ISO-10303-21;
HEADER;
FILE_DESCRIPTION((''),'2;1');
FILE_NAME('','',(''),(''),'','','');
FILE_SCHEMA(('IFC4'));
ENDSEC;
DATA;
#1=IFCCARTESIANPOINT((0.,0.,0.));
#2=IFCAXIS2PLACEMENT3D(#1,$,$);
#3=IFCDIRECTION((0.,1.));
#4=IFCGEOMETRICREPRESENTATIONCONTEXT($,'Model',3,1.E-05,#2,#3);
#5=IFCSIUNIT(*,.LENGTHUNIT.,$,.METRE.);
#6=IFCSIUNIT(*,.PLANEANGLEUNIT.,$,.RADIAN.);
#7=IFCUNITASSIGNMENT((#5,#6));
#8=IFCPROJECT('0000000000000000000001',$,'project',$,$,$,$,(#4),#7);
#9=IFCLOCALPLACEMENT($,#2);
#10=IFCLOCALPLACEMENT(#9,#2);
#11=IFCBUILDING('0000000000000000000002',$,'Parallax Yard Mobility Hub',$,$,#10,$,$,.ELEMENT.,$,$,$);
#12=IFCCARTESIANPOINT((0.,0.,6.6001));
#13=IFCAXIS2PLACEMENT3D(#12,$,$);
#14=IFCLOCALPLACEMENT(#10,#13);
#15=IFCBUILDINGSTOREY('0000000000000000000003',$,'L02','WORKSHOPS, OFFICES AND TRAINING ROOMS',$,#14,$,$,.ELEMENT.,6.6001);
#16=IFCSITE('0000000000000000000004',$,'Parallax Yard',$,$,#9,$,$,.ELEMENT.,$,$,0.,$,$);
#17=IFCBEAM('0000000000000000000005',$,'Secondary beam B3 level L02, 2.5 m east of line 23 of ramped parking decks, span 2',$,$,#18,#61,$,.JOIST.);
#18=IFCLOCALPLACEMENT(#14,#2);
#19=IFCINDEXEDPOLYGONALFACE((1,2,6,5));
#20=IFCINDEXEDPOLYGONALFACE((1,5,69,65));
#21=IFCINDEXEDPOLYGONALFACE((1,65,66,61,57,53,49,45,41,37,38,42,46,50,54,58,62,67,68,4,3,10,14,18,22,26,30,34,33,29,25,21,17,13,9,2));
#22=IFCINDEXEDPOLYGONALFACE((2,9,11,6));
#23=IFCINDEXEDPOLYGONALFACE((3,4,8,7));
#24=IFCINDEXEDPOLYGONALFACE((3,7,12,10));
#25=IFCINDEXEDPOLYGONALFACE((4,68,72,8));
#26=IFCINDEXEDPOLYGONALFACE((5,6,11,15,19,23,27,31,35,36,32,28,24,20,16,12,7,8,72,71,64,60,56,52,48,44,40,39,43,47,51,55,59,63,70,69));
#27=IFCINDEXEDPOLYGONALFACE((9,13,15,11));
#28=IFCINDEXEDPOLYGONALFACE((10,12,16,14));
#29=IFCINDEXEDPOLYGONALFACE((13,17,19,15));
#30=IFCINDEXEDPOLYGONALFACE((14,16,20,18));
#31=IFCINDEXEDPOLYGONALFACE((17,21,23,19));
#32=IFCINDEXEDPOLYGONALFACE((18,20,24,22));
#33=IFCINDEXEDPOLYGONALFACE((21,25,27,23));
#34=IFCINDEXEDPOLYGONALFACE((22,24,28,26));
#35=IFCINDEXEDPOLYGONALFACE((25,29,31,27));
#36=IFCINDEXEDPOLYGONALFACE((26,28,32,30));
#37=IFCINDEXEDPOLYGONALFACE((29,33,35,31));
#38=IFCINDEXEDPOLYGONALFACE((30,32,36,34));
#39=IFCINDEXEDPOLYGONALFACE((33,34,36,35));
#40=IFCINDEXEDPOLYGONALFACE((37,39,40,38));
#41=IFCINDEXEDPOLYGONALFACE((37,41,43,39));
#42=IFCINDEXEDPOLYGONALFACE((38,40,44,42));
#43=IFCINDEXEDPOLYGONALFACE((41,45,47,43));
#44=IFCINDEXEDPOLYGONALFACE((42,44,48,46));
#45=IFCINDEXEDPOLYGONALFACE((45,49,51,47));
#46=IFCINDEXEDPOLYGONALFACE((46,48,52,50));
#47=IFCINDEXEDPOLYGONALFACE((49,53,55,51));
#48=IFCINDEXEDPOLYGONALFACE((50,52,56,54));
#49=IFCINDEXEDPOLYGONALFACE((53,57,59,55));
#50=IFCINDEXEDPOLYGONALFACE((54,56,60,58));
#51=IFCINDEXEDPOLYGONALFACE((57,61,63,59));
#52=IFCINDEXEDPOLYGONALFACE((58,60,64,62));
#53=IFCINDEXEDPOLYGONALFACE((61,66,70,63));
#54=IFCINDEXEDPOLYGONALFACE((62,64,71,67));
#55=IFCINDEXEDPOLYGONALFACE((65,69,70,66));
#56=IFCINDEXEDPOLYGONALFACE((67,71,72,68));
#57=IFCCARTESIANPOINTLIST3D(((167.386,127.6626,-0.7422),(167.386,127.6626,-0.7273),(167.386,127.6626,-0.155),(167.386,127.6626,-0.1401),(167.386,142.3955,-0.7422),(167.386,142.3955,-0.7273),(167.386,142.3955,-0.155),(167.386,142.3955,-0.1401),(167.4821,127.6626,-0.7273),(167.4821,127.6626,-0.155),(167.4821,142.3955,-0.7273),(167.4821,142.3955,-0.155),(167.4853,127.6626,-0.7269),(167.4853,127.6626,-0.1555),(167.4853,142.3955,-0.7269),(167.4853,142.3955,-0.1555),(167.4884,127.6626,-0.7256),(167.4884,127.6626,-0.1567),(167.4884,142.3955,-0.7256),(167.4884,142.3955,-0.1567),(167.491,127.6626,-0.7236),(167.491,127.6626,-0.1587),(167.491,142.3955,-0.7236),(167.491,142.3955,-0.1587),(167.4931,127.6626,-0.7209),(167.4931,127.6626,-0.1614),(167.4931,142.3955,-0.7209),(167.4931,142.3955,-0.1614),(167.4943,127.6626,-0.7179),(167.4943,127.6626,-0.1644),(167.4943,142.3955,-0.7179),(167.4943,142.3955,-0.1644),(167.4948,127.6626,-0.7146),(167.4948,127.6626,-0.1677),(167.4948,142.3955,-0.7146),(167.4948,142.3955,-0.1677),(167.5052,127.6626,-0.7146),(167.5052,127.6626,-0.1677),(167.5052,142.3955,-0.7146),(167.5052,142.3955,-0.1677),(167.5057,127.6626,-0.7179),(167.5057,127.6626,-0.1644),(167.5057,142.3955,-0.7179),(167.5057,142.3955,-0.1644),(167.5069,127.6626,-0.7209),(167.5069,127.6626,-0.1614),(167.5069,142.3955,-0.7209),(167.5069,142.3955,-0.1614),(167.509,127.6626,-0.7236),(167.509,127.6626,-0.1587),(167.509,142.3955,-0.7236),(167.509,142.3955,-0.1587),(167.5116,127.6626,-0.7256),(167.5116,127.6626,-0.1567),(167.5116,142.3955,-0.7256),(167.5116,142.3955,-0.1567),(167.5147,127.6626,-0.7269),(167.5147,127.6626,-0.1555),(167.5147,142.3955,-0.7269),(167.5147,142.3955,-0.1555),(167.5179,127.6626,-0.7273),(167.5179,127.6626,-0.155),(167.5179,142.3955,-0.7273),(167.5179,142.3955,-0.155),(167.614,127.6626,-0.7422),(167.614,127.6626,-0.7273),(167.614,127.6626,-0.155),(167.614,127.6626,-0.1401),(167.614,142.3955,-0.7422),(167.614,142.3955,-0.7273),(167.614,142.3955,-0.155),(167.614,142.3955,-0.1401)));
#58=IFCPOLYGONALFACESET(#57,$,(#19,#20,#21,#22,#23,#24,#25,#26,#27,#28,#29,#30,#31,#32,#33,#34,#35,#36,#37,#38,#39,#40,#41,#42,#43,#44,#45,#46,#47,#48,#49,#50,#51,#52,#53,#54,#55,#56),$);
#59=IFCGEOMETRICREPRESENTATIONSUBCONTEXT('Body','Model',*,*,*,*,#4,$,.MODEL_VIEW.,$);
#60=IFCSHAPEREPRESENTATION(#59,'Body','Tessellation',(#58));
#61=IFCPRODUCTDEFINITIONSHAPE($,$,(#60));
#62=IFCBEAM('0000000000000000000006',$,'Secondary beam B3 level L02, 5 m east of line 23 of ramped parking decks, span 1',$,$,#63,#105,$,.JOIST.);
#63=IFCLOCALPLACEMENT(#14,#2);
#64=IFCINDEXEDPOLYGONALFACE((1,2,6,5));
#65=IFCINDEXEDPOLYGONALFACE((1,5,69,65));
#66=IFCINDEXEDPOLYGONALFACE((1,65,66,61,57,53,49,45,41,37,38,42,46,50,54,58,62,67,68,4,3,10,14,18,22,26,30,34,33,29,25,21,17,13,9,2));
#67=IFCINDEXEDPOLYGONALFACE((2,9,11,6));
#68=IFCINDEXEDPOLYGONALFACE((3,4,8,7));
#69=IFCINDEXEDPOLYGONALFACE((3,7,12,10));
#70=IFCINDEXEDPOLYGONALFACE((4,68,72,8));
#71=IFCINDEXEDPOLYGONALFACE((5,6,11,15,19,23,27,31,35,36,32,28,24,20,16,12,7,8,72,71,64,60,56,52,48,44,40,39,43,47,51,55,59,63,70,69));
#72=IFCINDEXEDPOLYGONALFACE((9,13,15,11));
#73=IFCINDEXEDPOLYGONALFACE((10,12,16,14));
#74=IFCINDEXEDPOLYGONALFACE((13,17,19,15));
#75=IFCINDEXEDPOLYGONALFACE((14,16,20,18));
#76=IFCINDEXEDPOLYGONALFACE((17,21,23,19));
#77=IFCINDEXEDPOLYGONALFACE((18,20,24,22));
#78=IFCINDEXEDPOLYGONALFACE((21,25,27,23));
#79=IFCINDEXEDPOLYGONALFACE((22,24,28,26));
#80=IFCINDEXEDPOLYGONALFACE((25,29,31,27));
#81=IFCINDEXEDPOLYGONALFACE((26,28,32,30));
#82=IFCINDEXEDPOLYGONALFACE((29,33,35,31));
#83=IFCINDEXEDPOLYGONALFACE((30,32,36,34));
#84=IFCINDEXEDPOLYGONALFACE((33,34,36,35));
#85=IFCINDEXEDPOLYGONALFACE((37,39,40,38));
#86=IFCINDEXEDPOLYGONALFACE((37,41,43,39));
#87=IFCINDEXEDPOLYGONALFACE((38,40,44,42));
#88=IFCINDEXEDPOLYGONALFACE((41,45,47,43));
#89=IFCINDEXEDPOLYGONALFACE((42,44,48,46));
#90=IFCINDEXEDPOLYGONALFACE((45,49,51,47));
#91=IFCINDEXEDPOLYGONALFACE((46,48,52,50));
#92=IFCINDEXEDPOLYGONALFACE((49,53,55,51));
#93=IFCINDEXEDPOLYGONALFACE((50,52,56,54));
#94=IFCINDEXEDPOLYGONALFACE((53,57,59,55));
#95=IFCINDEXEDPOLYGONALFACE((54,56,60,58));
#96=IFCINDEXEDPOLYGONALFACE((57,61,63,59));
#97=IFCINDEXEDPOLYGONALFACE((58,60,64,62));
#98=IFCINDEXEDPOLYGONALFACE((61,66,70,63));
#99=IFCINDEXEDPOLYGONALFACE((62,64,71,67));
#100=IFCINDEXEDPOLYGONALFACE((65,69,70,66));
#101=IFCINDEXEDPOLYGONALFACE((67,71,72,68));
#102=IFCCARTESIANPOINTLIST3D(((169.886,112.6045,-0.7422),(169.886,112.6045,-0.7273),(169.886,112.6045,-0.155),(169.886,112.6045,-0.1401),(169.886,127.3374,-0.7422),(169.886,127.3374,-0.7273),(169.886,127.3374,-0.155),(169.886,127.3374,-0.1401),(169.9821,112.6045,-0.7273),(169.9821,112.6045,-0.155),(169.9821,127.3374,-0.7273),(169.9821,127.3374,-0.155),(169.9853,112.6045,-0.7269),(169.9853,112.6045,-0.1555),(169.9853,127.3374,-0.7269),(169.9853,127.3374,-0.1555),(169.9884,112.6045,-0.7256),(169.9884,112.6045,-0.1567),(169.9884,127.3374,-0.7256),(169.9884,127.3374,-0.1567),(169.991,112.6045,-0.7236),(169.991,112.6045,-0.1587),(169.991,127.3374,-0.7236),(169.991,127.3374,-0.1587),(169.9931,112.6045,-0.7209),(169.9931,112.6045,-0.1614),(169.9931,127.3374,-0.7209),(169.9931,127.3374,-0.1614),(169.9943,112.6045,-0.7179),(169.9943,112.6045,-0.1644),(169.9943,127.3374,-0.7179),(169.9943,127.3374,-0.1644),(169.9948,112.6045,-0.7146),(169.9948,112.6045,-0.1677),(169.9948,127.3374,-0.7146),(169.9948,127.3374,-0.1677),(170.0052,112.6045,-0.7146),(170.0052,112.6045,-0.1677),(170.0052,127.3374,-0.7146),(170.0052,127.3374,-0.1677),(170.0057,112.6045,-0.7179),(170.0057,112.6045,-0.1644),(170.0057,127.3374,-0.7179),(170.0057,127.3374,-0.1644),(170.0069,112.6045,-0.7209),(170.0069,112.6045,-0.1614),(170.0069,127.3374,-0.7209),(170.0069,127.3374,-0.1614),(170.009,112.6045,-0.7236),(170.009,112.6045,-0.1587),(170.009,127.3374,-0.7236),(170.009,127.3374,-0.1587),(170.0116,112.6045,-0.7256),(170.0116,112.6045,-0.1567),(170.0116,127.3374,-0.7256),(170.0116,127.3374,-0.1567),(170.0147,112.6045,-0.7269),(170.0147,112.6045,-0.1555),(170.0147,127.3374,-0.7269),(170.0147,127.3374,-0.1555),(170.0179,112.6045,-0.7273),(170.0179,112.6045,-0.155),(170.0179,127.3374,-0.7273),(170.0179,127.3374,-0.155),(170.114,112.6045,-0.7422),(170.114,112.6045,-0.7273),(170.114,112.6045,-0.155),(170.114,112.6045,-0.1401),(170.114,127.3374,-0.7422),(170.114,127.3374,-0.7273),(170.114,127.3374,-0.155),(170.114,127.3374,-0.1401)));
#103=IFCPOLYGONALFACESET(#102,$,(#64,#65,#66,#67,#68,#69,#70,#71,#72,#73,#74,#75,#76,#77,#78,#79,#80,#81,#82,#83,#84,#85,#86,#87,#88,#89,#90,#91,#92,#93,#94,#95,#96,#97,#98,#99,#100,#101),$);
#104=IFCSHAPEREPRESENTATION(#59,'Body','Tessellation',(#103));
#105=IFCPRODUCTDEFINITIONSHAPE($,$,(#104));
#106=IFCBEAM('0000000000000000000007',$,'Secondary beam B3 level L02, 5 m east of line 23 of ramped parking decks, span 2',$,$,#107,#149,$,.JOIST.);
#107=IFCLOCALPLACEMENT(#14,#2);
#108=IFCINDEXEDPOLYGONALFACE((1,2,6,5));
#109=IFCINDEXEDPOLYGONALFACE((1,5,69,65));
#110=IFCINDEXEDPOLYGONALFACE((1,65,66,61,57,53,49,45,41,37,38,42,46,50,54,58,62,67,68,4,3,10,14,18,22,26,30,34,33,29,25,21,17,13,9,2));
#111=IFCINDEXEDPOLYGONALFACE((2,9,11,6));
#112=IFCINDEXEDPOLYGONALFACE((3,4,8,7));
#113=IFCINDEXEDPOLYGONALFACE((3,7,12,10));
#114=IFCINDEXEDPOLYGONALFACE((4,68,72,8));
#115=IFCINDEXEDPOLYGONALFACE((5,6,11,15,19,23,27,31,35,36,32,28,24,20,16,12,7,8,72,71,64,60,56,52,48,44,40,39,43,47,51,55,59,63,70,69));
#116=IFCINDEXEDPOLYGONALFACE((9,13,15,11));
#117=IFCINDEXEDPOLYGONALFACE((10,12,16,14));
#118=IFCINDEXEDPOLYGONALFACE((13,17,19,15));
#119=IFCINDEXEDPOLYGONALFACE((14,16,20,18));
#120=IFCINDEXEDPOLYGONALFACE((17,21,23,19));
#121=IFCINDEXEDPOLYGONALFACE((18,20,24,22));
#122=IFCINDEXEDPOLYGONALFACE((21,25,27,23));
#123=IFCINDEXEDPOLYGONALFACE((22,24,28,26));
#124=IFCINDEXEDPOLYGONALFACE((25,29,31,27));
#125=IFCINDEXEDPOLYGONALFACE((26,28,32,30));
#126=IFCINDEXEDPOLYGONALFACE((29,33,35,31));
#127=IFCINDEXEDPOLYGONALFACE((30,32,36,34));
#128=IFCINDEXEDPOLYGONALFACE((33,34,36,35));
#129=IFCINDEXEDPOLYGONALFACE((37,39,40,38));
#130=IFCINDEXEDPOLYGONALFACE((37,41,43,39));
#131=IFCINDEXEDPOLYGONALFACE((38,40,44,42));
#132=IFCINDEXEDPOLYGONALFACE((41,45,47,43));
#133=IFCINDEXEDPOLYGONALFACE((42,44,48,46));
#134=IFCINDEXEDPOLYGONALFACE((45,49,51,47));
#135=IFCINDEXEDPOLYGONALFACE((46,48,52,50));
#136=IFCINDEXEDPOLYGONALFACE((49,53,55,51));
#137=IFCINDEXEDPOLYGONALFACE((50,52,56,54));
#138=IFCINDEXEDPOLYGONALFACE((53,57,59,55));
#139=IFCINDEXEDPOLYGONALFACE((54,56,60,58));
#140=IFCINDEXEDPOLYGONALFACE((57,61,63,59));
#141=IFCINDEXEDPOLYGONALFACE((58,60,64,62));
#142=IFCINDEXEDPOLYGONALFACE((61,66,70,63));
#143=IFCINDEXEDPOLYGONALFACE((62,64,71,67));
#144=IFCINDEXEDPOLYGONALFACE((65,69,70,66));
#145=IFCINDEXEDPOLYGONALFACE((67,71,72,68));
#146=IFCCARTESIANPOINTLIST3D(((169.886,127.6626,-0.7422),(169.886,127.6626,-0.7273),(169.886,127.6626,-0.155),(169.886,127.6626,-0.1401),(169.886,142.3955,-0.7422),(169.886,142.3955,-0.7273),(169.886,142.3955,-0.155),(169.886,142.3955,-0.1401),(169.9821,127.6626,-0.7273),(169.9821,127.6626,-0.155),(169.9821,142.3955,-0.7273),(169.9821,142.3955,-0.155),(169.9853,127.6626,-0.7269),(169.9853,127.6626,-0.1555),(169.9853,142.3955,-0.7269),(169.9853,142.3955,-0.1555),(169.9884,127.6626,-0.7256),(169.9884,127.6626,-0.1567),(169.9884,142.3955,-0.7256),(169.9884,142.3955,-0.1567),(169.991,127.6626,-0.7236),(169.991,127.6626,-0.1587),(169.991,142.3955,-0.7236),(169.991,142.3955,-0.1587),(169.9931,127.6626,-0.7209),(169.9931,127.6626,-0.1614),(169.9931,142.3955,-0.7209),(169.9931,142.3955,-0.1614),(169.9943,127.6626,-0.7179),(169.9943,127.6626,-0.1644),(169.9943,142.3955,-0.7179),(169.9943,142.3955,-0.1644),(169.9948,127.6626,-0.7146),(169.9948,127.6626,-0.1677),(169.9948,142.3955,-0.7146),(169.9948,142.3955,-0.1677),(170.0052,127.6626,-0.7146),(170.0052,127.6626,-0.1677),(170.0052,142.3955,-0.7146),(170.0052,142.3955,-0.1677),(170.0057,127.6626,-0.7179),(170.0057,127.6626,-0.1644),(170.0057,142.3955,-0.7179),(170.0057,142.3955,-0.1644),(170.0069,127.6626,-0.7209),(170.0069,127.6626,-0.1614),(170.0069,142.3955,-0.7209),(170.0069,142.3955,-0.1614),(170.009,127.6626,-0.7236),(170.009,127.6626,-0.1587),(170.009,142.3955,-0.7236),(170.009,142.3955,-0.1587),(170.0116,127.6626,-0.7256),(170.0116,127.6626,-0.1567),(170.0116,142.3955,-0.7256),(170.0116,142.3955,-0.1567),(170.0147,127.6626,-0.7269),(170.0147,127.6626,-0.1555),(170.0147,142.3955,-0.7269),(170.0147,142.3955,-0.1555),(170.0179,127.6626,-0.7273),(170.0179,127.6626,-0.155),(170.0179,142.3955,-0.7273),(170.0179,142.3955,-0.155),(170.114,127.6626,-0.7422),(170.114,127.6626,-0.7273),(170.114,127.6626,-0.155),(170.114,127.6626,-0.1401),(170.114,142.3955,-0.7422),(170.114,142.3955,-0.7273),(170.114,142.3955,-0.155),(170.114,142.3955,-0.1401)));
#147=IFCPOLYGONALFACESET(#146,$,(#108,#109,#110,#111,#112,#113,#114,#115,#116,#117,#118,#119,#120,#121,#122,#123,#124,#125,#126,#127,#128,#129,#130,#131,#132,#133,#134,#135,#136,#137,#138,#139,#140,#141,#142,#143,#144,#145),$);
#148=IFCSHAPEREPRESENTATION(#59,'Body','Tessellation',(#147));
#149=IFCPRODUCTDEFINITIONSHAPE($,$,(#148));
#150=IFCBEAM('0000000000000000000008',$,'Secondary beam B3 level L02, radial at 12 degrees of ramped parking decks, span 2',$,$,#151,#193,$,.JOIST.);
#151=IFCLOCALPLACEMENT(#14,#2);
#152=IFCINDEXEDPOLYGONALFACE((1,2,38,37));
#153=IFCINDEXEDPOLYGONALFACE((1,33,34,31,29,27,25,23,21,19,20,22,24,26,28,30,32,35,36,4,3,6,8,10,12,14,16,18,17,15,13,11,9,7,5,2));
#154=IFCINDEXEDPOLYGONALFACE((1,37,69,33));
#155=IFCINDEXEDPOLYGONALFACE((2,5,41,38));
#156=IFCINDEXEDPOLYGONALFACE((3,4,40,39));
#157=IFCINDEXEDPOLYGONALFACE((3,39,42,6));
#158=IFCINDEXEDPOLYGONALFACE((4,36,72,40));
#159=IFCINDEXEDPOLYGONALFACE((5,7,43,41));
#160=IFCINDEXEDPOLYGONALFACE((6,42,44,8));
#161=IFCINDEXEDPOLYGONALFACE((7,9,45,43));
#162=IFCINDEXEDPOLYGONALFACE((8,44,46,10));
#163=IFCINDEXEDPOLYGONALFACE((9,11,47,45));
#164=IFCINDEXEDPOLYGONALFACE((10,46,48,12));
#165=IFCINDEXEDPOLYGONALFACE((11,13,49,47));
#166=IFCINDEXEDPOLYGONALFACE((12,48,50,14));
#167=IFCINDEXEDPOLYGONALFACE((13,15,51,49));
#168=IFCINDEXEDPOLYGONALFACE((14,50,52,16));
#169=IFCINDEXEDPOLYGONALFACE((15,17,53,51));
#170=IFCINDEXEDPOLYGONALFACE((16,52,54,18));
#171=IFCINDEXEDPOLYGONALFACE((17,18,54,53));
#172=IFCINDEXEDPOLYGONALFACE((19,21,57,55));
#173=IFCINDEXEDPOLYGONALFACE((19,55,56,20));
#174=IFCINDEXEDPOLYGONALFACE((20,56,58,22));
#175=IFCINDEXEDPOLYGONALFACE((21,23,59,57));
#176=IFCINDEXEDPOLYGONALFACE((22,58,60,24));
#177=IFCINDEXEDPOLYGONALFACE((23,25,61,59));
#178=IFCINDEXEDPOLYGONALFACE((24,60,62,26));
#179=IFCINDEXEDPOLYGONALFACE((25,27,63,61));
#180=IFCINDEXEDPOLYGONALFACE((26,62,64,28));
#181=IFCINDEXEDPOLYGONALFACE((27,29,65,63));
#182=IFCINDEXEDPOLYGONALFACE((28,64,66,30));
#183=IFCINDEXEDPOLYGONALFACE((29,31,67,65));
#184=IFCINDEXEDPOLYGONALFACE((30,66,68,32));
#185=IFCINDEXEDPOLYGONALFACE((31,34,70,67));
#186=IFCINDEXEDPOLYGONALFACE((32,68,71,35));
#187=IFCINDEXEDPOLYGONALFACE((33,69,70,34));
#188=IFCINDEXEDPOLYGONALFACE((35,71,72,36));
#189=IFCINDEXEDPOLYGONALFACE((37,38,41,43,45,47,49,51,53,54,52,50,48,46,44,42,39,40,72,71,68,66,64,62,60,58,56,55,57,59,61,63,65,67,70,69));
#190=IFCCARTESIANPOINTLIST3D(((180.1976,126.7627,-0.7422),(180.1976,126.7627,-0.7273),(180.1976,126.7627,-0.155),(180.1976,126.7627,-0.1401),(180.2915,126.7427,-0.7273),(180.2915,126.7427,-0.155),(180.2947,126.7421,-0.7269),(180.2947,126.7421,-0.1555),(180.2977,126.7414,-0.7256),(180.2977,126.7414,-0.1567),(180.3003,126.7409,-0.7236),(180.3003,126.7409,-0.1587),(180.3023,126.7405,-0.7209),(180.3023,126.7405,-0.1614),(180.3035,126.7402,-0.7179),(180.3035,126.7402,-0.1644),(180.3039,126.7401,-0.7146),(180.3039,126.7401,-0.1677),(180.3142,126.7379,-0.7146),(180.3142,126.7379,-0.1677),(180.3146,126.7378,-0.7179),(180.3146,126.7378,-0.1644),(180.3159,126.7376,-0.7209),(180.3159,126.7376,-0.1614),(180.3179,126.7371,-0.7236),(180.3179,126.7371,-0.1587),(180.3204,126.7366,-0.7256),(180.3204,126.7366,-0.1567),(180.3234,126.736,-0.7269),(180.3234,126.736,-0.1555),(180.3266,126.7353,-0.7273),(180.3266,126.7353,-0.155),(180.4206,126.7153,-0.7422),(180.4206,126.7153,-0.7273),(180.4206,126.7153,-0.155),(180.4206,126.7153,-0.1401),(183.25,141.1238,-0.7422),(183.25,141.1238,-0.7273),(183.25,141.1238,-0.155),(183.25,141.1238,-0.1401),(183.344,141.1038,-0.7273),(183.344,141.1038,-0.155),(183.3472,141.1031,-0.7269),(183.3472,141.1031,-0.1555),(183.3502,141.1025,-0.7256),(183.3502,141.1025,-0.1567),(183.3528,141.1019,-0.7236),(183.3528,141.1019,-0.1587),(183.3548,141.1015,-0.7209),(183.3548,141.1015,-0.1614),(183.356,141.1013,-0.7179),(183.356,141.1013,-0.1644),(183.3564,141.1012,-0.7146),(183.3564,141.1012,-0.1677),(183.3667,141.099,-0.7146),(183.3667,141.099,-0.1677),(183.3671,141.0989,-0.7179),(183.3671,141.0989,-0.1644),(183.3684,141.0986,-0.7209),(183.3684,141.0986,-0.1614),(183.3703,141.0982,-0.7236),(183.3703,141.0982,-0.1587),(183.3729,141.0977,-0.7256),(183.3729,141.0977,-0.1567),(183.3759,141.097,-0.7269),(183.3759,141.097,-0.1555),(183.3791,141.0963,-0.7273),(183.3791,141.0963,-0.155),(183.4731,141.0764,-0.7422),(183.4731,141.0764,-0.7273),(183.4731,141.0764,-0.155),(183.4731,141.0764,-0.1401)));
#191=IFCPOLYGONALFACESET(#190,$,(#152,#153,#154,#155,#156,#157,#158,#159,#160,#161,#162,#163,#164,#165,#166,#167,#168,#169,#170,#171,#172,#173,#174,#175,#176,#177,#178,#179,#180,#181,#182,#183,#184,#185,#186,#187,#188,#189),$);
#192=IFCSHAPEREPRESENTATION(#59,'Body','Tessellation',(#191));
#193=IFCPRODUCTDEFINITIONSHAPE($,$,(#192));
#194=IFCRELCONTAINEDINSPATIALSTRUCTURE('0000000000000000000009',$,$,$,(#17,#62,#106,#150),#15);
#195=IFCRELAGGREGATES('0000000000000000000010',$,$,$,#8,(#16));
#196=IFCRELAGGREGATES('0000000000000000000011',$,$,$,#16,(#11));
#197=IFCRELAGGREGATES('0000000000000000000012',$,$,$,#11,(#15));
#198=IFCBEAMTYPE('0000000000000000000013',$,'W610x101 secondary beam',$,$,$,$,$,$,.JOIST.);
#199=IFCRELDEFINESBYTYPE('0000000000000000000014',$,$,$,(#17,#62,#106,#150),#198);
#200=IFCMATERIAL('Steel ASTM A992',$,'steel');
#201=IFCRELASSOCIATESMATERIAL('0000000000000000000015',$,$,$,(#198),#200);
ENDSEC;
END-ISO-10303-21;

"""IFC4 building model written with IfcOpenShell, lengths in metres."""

from ifc_helpers import new_model, si_unit, direction, frame, origin, origin_2d, place, context, subcontext, project, spatial, i_section, extrude, material, material_profile, profile_set, type_object, element, save


model = new_model("IFC4")

# Units and contexts
model_context = context("Model", 3, precision=1e-05, world=origin(), true_north=direction((0.0, 1.0)))
body_context = subcontext(model_context, "Body", "Model", "MODEL_VIEW")
ifc_project = project(units=[si_unit("LENGTHUNIT", "METRE"), si_unit("PLANEANGLEUNIT", "RADIAN")], contexts=[model_context])

# Site, building, storey
site_placement = place(None, origin())
site = spatial("IfcSite", under=ifc_project, at=site_placement, Name="Parallax Yard", CompositionType="ELEMENT", RefElevation=0.0)
building_placement = place(site_placement, origin())
building = spatial("IfcBuilding", under=site, at=building_placement, Name="Parallax Yard Mobility Hub", CompositionType="ELEMENT")
storey_placement = place(building_placement, frame((0.0, 0.0, 6.6001)))
storey = spatial("IfcBuildingStorey", under=building, at=storey_placement, Name="L02", Description="WORKSHOPS, OFFICES AND TRAINING ROOMS", CompositionType="ELEMENT", Elevation=6.6001)

# Shared definitions
ifc_material_1 = material(Name="Steel ASTM A992", Category="steel")

# Beams
ifc_material_profile_1 = material_profile(ifc_material_1, i_section(OverallWidth=0.228, OverallDepth=0.6021, WebThickness=0.0105, FlangeThickness=0.0149, FilletRadius=0.0127, at=origin_2d()), Name="W610x101")
ifc_profile_set_1 = profile_set([ifc_material_profile_1], Name="Steel ASTM A992")
beam_type_1 = type_object("IfcBeamType", Name="W610x101 secondary beam", PredefinedType="JOIST", material=ifc_profile_set_1)
for number, where, z_axis, x_axis, name in (
    (1, (167.5, 127.6626, -0.4412), (0.0, 1.0, 0.0), (-1.0, 0.0, 0.0), "Secondary beam B3 level L02, 2.5 m east of line 23 of ramped parking decks, span 2"),
    (2, (170.0, 112.6045, -0.4412), (0.0, 1.0, 0.0), (-1.0, 0.0, 0.0), "Secondary beam B3 level L02, 5 m east of line 23 of ramped parking decks, span 1"),
    (3, (170.0, 127.6626, -0.4412), (0.0, 1.0, 0.0), (-1.0, 0.0, 0.0), "Secondary beam B3 level L02, 5 m east of line 23 of ramped parking decks, span 2"),
):
    element("IfcBeam", number, at=place(storey_placement, frame(where, z_axis=z_axis, x_axis=x_axis)), inside=storey, type_object=beam_type_1, Name=name, PredefinedType="JOIST", context=body_context, shape_type="SweptSolid", body=[
        extrude(i_section(OverallWidth=0.228, OverallDepth=0.6021, WebThickness=0.0105, FlangeThickness=0.0149, FilletRadius=0.0127, at=origin_2d()), origin(), (0.0, 0.0, 1.0), 14.7329),
    ])
for number, where, z_axis, x_axis, name in (
    (4, (180.3091, 126.739, -0.4412), (0.207908, 0.978148, 0.0), (-0.978148, 0.207908, 0.0), "Secondary beam B3 level L02, radial at 12 degrees of ramped parking decks, span 2"),
):
    element("IfcBeam", number, at=place(storey_placement, frame(where, z_axis=z_axis, x_axis=x_axis)), inside=storey, type_object=beam_type_1, Name=name, PredefinedType="JOIST", context=body_context, shape_type="SweptSolid", body=[
        extrude(i_section(OverallWidth=0.228, OverallDepth=0.6021, WebThickness=0.0105, FlangeThickness=0.0149, FilletRadius=0.0127, at=origin_2d()), origin(), (0.0, 0.0, 1.0), 14.6819),
    ])

save(model, "model.ifc")
